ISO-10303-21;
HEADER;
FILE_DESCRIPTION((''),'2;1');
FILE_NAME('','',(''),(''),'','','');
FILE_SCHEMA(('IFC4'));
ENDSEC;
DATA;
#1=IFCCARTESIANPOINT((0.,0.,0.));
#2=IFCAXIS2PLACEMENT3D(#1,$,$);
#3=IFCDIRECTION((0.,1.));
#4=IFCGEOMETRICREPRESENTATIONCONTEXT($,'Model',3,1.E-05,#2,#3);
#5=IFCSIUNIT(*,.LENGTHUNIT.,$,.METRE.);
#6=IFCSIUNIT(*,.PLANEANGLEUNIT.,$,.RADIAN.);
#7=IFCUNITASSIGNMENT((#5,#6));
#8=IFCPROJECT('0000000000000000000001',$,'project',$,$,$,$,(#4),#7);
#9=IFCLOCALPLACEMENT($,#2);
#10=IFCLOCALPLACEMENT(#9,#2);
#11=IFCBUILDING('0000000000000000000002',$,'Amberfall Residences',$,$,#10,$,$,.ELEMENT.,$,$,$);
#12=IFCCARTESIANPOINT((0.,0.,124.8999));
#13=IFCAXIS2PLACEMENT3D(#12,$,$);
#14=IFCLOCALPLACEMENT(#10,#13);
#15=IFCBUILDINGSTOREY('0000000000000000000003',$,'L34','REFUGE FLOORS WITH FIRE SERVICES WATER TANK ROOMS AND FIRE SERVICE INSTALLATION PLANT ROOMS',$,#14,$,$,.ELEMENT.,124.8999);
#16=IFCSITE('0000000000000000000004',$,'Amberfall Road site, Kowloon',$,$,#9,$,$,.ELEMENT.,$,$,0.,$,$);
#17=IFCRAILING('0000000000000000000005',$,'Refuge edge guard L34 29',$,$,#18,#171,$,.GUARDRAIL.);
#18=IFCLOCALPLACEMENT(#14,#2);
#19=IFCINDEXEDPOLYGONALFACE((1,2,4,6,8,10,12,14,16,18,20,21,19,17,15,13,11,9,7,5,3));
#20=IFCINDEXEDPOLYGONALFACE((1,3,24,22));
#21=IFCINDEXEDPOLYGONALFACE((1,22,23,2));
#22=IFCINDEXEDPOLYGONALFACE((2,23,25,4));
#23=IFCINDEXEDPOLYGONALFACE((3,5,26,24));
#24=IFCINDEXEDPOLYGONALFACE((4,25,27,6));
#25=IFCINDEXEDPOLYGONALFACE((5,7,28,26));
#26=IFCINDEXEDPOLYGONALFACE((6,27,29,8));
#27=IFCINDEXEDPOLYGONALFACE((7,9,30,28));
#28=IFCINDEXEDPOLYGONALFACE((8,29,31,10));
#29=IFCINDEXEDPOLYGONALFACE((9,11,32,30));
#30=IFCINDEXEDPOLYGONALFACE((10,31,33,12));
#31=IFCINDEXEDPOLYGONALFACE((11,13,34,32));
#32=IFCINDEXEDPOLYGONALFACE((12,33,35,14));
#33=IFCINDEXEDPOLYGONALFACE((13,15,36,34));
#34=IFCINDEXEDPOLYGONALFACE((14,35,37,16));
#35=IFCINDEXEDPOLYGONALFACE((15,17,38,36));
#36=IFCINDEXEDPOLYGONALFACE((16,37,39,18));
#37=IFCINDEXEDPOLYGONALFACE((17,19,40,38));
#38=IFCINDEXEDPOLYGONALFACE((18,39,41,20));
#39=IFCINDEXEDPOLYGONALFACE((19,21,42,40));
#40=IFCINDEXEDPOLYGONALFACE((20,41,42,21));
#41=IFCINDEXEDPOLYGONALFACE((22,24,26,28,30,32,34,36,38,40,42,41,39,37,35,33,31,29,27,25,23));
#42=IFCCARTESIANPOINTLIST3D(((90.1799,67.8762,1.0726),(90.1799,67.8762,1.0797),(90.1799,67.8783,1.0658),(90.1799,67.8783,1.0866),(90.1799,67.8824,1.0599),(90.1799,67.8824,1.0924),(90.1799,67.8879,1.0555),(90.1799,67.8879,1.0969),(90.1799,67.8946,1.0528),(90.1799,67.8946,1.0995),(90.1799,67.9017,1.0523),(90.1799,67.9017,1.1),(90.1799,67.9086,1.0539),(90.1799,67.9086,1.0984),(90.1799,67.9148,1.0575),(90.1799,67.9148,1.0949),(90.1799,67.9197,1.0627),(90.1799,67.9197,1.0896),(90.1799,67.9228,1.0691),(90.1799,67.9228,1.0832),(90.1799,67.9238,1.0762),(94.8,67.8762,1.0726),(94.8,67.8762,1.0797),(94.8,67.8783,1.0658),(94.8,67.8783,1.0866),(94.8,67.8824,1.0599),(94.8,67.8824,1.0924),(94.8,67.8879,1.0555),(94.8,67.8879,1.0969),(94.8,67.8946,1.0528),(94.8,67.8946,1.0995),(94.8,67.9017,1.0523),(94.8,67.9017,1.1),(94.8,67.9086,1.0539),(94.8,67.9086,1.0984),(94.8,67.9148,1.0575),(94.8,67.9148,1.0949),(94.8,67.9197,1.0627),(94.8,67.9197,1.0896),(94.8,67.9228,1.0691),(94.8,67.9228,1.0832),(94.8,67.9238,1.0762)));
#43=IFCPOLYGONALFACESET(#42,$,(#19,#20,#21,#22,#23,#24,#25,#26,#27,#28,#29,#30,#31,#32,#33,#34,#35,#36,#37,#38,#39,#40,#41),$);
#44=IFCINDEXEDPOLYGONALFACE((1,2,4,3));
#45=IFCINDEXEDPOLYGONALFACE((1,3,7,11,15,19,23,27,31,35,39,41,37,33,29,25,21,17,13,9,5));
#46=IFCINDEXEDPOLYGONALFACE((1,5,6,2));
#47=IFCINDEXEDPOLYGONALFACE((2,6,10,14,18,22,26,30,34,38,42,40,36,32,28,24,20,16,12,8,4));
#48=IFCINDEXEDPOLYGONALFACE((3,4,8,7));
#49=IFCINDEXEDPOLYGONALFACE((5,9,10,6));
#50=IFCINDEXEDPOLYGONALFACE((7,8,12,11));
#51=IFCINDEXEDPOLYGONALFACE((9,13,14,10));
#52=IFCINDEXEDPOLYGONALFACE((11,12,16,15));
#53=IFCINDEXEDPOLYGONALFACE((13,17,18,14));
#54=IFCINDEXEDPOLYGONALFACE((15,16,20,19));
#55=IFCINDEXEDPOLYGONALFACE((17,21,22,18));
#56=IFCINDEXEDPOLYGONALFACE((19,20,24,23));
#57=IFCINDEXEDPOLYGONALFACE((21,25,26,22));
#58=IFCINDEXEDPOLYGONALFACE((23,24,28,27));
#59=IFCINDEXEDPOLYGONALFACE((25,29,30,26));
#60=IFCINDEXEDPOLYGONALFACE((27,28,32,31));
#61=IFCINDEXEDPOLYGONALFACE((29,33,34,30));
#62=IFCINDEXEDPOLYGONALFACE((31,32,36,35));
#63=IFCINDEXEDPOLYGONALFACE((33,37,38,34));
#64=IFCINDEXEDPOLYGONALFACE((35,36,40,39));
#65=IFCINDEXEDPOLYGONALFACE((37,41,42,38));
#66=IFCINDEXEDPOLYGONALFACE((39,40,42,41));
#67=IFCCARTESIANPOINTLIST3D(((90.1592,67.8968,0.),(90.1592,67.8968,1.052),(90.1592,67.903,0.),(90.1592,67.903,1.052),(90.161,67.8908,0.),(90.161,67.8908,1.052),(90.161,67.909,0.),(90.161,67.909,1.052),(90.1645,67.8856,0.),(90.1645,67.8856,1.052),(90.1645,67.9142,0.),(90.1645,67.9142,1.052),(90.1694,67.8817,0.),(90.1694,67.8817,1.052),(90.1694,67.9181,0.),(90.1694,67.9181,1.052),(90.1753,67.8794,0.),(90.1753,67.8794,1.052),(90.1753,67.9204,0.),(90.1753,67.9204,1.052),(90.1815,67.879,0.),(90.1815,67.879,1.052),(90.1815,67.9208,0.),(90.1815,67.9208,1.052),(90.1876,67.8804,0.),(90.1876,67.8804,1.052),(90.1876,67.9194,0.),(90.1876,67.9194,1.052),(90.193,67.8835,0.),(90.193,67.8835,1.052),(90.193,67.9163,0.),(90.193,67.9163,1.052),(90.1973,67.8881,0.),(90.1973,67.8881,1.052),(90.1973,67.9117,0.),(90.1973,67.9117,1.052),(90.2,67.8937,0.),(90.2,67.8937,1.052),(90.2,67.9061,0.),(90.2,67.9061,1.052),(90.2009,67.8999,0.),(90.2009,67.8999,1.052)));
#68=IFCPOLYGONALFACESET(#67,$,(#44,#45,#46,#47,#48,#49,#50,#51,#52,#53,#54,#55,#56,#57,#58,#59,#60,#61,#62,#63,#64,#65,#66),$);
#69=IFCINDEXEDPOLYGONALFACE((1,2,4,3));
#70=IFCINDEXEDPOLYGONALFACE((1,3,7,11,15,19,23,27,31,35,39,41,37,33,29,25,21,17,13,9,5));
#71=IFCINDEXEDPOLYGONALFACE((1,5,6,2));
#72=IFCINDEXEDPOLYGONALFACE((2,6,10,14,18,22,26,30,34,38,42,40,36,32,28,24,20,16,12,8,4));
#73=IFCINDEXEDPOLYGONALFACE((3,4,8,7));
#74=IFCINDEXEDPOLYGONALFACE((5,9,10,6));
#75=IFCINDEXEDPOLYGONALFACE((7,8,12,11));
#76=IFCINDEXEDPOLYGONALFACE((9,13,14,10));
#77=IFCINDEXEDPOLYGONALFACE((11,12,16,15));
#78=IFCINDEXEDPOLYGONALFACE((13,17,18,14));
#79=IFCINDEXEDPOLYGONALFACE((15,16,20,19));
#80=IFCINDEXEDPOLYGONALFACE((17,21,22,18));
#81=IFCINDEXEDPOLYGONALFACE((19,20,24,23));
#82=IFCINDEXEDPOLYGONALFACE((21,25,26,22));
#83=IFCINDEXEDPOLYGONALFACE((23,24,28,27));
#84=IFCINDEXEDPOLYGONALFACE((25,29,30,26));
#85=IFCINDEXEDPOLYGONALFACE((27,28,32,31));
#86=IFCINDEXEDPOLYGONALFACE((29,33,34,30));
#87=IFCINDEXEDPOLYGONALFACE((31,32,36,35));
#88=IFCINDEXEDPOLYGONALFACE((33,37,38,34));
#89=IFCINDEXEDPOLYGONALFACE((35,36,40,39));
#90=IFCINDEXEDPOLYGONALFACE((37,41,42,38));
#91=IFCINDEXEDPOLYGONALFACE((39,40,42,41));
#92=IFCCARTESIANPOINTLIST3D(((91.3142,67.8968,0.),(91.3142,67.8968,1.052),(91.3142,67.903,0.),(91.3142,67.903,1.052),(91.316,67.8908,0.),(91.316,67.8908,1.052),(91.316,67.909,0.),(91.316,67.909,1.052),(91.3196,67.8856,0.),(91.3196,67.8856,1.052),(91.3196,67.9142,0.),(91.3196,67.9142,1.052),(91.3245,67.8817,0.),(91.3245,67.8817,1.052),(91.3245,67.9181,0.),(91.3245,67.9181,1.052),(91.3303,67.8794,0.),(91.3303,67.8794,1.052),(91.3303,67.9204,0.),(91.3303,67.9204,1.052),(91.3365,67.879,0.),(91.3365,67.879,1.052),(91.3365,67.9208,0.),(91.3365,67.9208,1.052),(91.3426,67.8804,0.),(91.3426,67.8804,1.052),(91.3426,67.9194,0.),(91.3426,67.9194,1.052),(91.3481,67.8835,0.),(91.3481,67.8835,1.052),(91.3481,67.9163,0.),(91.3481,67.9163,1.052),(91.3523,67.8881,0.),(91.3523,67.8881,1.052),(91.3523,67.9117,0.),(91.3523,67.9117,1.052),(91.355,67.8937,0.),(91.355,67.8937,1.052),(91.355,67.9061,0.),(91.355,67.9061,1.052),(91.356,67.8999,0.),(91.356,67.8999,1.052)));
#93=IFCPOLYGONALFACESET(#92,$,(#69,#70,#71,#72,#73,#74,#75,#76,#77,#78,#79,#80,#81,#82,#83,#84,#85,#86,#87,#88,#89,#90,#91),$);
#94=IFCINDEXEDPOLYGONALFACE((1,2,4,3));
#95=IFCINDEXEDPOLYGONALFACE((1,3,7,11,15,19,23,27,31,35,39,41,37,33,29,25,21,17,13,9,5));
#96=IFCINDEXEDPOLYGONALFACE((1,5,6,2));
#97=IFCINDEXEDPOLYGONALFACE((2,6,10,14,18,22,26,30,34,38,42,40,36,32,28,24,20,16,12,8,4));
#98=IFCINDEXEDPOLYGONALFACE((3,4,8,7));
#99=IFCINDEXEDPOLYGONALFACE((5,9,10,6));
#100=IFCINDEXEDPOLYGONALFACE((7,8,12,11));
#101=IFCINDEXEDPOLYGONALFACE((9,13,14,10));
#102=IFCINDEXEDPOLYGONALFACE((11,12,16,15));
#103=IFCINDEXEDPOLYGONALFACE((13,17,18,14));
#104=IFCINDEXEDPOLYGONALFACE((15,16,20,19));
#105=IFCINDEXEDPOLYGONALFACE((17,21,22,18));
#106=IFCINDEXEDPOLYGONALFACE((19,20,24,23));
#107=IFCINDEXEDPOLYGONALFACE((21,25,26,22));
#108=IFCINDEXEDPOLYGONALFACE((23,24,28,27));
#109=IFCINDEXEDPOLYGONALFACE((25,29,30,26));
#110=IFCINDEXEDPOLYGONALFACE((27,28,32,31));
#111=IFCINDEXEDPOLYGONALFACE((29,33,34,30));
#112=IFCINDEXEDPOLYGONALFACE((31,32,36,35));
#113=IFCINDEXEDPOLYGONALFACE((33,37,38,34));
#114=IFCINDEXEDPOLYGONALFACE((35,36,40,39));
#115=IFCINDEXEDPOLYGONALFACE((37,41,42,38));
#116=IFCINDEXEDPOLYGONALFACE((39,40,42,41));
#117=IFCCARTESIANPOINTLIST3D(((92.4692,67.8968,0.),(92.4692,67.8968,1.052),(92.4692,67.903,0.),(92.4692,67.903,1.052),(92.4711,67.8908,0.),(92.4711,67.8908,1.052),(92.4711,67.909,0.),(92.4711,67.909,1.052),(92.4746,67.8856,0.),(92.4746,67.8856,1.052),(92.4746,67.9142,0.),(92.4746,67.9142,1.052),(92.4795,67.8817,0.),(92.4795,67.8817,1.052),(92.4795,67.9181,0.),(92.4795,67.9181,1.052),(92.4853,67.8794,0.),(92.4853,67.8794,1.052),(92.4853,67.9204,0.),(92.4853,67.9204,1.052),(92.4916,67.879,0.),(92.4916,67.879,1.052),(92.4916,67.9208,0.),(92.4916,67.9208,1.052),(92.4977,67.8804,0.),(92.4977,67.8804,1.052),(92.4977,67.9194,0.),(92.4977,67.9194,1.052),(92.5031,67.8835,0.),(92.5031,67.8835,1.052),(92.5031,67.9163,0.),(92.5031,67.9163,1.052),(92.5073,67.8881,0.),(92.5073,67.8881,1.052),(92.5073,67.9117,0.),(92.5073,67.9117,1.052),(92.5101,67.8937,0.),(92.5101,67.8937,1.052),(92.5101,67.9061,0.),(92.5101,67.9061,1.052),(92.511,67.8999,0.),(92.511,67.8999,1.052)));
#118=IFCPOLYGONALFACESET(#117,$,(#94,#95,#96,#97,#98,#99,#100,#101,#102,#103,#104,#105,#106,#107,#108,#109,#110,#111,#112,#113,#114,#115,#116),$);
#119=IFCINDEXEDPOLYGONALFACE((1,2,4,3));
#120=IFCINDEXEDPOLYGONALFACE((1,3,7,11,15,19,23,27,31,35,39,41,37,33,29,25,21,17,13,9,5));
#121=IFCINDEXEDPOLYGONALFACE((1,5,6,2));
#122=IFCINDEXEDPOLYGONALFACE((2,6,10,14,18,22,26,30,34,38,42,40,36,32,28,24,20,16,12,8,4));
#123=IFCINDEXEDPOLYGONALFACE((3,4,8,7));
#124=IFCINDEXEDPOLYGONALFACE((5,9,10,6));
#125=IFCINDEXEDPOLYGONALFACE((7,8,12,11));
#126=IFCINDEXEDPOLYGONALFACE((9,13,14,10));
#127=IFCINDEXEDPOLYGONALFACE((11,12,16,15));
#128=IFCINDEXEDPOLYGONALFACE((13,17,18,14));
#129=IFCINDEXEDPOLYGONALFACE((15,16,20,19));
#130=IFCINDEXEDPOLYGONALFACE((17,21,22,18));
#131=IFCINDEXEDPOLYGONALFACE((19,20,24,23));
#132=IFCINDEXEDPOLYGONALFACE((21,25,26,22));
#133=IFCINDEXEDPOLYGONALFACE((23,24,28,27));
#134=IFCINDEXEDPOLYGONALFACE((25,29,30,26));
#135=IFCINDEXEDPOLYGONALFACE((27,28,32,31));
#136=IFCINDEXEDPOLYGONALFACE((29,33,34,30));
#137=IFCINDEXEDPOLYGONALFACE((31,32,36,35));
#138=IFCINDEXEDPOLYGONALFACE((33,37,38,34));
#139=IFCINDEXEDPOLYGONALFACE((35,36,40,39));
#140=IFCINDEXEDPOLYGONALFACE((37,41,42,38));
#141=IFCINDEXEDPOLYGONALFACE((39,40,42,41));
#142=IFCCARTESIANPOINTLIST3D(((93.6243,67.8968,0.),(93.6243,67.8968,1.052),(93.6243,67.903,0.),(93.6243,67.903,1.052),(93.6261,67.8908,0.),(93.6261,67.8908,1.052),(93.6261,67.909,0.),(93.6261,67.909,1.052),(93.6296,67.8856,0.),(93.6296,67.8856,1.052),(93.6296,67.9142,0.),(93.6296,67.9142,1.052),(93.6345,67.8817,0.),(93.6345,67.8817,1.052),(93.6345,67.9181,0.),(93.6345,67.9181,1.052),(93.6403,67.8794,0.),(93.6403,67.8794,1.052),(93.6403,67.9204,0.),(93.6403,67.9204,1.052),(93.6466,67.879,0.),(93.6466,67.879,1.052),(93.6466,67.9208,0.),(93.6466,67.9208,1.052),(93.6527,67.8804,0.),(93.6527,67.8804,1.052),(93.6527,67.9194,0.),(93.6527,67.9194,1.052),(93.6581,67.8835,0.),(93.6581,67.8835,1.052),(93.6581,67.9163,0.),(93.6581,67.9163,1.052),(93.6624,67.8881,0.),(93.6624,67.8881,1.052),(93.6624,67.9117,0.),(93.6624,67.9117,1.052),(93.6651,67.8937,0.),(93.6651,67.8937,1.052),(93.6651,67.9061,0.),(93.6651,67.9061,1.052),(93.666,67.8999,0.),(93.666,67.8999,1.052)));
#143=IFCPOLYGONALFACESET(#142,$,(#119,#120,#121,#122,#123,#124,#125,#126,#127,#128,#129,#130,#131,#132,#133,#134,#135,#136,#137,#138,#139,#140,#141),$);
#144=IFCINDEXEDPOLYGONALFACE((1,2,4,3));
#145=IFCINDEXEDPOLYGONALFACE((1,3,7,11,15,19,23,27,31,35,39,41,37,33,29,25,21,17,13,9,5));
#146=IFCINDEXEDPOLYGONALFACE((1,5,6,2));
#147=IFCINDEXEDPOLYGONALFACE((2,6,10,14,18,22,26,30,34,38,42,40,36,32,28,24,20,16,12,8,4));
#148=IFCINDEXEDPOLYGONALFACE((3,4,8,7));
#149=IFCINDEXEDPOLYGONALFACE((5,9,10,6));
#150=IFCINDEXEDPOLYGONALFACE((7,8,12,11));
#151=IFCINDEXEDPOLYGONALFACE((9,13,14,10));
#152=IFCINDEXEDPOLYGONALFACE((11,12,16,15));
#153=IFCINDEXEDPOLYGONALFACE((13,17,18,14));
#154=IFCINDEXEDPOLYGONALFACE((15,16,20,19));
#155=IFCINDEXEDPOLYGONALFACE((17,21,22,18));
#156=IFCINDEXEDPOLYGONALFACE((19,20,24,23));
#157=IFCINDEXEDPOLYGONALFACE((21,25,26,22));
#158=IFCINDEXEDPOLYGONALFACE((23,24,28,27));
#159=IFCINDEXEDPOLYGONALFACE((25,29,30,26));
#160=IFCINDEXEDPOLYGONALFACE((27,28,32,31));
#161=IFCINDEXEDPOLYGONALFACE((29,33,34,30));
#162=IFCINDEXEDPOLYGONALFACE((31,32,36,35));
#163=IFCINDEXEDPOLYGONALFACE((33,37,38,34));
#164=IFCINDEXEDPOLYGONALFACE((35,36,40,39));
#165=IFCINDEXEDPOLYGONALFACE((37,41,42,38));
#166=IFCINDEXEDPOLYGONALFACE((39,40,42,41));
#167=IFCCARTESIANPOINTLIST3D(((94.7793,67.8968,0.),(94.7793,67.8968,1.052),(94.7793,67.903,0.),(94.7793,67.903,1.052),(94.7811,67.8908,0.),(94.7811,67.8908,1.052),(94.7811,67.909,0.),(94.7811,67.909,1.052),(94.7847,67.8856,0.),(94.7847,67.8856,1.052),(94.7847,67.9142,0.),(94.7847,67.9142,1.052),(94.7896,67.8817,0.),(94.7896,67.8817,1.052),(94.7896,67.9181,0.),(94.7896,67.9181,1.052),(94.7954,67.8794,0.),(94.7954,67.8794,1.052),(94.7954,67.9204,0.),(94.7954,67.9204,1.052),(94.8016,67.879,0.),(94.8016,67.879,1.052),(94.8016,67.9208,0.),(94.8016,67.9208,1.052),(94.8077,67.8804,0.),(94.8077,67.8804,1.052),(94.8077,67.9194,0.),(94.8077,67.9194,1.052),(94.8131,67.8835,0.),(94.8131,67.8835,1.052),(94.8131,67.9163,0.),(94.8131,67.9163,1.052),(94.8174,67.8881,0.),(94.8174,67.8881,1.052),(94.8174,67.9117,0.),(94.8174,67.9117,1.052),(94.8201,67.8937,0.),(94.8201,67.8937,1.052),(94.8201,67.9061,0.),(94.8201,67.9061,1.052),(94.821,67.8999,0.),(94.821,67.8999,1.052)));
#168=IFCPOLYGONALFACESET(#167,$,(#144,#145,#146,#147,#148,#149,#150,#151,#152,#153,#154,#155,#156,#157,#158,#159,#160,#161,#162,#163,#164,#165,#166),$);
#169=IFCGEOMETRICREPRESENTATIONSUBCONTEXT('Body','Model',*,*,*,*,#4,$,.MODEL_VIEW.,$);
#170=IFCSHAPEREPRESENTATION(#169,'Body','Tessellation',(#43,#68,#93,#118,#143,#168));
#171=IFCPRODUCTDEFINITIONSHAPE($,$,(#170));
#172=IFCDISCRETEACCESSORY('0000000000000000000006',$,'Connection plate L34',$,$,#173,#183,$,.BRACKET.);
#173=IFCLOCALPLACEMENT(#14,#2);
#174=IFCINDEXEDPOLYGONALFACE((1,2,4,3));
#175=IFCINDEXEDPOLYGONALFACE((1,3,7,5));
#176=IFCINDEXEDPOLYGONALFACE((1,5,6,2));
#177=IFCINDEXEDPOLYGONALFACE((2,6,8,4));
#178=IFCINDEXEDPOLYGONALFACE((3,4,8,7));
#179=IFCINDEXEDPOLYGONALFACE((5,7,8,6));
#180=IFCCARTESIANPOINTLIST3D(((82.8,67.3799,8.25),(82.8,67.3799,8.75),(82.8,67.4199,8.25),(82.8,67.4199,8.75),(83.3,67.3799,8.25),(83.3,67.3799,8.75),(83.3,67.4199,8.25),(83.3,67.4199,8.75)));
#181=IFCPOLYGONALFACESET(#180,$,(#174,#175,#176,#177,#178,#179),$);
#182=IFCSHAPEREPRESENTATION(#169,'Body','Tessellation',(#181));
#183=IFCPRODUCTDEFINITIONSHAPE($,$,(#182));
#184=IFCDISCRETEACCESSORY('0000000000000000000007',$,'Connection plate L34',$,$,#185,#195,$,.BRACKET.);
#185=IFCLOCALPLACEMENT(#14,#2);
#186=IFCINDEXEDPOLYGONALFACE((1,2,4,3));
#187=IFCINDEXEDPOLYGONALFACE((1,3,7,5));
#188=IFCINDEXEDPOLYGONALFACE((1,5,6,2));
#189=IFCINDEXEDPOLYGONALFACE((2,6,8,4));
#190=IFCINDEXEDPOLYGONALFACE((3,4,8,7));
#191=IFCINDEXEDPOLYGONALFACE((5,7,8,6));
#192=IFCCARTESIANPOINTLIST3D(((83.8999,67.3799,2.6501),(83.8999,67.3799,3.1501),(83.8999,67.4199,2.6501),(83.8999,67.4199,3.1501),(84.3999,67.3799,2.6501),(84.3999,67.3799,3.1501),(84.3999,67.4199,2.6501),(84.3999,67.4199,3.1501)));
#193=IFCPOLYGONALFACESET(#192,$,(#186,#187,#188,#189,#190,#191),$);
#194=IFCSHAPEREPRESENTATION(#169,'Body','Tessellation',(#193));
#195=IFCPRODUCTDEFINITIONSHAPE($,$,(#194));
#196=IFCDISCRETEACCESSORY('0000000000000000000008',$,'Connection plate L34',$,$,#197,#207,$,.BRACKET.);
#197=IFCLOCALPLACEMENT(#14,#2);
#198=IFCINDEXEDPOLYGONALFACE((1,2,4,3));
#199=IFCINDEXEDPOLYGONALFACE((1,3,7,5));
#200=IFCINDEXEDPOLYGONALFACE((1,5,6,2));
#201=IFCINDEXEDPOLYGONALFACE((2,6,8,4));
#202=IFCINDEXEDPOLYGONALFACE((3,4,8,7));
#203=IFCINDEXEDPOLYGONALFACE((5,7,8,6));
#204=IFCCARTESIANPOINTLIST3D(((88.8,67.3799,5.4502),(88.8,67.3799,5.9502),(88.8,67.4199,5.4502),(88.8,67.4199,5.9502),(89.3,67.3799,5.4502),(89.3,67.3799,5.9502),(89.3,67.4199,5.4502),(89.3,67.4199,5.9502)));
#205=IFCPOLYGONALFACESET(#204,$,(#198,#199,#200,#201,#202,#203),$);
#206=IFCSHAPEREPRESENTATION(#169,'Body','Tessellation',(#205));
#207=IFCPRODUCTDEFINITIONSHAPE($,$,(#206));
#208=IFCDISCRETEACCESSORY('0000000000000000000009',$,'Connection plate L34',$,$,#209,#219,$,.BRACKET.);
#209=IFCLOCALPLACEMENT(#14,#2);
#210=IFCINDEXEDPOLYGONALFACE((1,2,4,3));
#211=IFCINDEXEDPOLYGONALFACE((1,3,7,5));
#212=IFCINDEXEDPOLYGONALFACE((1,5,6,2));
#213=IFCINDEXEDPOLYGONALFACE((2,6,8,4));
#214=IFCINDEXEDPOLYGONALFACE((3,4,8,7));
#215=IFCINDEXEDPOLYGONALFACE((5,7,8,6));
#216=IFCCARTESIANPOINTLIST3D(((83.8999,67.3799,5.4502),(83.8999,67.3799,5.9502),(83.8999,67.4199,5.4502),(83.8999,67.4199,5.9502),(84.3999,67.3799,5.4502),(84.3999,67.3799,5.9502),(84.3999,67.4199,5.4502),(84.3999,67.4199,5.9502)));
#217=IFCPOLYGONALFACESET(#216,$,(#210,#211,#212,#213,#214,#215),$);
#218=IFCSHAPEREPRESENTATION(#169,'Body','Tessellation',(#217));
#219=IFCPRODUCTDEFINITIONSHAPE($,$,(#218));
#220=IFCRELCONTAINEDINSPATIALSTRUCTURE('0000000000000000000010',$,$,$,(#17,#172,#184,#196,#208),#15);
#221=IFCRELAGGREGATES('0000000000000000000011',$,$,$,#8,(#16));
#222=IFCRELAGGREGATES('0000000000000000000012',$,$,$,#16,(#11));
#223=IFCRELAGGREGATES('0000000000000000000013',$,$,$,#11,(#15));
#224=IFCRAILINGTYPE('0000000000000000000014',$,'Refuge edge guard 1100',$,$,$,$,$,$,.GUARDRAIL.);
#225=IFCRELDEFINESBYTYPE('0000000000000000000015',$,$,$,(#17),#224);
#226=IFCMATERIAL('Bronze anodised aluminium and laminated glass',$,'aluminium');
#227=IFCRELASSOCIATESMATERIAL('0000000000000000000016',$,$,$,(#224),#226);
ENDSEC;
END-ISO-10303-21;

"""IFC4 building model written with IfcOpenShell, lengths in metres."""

from ifc_helpers import new_model, si_unit, direction, frame, origin, origin_2d, place, context, subcontext, project, spatial, rectangle, circle, extrude, material, type_object, element, save


model = new_model("IFC4")

# Units and contexts
model_context = context("Model", 3, precision=1e-05, world=origin(), true_north=direction((0.0, 1.0)))
body_context = subcontext(model_context, "Body", "Model", "MODEL_VIEW")
ifc_project = project(units=[si_unit("LENGTHUNIT", "METRE"), si_unit("PLANEANGLEUNIT", "RADIAN")], contexts=[model_context])

# Site, building, storey
site_placement = place(None, origin())
site = spatial("IfcSite", under=ifc_project, at=site_placement, Name="Amberfall Road site, Kowloon", CompositionType="ELEMENT", RefElevation=0.0)
building_placement = place(site_placement, origin())
building = spatial("IfcBuilding", under=site, at=building_placement, Name="Amberfall Residences", CompositionType="ELEMENT")
storey_placement = place(building_placement, frame((0.0, 0.0, 124.8999)))
storey = spatial("IfcBuildingStorey", under=building, at=storey_placement, Name="L34", Description="REFUGE FLOORS WITH FIRE SERVICES WATER TANK ROOMS AND FIRE SERVICE INSTALLATION PLANT ROOMS", CompositionType="ELEMENT", Elevation=124.8999)

# Railing
ifc_material_1 = material(Name="Bronze anodised aluminium and laminated glass", Category="aluminium")
railing_type = type_object("IfcRailingType", Name="Refuge edge guard 1100", PredefinedType="GUARDRAIL", material=ifc_material_1)
railing_1_placement = place(storey_placement, frame((90.1799, 67.8999, 0.0)))
element("IfcRailing", 1, at=railing_1_placement, inside=storey, type_object=railing_type, Name="Refuge edge guard L34 29", PredefinedType="GUARDRAIL", context=body_context, shape_type="SweptSolid", body=[
    extrude(circle(Radius=0.0239, at=origin_2d()), frame((0.0, 0.0, 1.0762), z_axis=(1.0, 0.0, 0.0), x_axis=(0.0, 1.0, 0.0)), (0.0, 0.0, 1.0), 4.6201),
    extrude(circle(Radius=0.021, at=origin_2d()), origin(), (0.0, 0.0, 1.0), 1.052),
    extrude(circle(Radius=0.021, at=origin_2d()), frame((1.155, 0.0, 0.0)), (0.0, 0.0, 1.0), 1.052),
    extrude(circle(Radius=0.021, at=origin_2d()), frame((2.3101, 0.0, 0.0)), (0.0, 0.0, 1.0), 1.052),
    extrude(circle(Radius=0.021, at=origin_2d()), frame((3.4651, 0.0, 0.0)), (0.0, 0.0, 1.0), 1.052),
    extrude(circle(Radius=0.021, at=origin_2d()), frame((4.6201, 0.0, 0.0)), (0.0, 0.0, 1.0), 1.052),
])

# Discrete accessories
for number, where, z_axis, x_axis, name in (
    (2, (83.05, 67.3999, 8.25), (0.0, 0.0, 1.0), (1.0, 0.0, 0.0), "Connection plate L34"),
    (3, (84.1499, 67.3999, 2.6501), (0.0, 0.0, 1.0), (1.0, 0.0, 0.0), "Connection plate L34"),
    (4, (89.05, 67.3999, 5.4502), (0.0, 0.0, 1.0), (1.0, 0.0, 0.0), "Connection plate L34"),
    (5, (84.1499, 67.3999, 5.4502), (0.0, 0.0, 1.0), (1.0, 0.0, 0.0), "Connection plate L34"),
):
    element("IfcDiscreteAccessory", number, at=place(storey_placement, frame(where, z_axis=z_axis, x_axis=x_axis)), inside=storey, Name=name, PredefinedType="BRACKET", context=body_context, shape_type="SweptSolid", body=[
        extrude(rectangle(XDim=0.5, YDim=0.04, at=origin_2d()), origin(), (0.0, 0.0, 1.0), 0.5),
    ])

save(model, "model.ifc")
